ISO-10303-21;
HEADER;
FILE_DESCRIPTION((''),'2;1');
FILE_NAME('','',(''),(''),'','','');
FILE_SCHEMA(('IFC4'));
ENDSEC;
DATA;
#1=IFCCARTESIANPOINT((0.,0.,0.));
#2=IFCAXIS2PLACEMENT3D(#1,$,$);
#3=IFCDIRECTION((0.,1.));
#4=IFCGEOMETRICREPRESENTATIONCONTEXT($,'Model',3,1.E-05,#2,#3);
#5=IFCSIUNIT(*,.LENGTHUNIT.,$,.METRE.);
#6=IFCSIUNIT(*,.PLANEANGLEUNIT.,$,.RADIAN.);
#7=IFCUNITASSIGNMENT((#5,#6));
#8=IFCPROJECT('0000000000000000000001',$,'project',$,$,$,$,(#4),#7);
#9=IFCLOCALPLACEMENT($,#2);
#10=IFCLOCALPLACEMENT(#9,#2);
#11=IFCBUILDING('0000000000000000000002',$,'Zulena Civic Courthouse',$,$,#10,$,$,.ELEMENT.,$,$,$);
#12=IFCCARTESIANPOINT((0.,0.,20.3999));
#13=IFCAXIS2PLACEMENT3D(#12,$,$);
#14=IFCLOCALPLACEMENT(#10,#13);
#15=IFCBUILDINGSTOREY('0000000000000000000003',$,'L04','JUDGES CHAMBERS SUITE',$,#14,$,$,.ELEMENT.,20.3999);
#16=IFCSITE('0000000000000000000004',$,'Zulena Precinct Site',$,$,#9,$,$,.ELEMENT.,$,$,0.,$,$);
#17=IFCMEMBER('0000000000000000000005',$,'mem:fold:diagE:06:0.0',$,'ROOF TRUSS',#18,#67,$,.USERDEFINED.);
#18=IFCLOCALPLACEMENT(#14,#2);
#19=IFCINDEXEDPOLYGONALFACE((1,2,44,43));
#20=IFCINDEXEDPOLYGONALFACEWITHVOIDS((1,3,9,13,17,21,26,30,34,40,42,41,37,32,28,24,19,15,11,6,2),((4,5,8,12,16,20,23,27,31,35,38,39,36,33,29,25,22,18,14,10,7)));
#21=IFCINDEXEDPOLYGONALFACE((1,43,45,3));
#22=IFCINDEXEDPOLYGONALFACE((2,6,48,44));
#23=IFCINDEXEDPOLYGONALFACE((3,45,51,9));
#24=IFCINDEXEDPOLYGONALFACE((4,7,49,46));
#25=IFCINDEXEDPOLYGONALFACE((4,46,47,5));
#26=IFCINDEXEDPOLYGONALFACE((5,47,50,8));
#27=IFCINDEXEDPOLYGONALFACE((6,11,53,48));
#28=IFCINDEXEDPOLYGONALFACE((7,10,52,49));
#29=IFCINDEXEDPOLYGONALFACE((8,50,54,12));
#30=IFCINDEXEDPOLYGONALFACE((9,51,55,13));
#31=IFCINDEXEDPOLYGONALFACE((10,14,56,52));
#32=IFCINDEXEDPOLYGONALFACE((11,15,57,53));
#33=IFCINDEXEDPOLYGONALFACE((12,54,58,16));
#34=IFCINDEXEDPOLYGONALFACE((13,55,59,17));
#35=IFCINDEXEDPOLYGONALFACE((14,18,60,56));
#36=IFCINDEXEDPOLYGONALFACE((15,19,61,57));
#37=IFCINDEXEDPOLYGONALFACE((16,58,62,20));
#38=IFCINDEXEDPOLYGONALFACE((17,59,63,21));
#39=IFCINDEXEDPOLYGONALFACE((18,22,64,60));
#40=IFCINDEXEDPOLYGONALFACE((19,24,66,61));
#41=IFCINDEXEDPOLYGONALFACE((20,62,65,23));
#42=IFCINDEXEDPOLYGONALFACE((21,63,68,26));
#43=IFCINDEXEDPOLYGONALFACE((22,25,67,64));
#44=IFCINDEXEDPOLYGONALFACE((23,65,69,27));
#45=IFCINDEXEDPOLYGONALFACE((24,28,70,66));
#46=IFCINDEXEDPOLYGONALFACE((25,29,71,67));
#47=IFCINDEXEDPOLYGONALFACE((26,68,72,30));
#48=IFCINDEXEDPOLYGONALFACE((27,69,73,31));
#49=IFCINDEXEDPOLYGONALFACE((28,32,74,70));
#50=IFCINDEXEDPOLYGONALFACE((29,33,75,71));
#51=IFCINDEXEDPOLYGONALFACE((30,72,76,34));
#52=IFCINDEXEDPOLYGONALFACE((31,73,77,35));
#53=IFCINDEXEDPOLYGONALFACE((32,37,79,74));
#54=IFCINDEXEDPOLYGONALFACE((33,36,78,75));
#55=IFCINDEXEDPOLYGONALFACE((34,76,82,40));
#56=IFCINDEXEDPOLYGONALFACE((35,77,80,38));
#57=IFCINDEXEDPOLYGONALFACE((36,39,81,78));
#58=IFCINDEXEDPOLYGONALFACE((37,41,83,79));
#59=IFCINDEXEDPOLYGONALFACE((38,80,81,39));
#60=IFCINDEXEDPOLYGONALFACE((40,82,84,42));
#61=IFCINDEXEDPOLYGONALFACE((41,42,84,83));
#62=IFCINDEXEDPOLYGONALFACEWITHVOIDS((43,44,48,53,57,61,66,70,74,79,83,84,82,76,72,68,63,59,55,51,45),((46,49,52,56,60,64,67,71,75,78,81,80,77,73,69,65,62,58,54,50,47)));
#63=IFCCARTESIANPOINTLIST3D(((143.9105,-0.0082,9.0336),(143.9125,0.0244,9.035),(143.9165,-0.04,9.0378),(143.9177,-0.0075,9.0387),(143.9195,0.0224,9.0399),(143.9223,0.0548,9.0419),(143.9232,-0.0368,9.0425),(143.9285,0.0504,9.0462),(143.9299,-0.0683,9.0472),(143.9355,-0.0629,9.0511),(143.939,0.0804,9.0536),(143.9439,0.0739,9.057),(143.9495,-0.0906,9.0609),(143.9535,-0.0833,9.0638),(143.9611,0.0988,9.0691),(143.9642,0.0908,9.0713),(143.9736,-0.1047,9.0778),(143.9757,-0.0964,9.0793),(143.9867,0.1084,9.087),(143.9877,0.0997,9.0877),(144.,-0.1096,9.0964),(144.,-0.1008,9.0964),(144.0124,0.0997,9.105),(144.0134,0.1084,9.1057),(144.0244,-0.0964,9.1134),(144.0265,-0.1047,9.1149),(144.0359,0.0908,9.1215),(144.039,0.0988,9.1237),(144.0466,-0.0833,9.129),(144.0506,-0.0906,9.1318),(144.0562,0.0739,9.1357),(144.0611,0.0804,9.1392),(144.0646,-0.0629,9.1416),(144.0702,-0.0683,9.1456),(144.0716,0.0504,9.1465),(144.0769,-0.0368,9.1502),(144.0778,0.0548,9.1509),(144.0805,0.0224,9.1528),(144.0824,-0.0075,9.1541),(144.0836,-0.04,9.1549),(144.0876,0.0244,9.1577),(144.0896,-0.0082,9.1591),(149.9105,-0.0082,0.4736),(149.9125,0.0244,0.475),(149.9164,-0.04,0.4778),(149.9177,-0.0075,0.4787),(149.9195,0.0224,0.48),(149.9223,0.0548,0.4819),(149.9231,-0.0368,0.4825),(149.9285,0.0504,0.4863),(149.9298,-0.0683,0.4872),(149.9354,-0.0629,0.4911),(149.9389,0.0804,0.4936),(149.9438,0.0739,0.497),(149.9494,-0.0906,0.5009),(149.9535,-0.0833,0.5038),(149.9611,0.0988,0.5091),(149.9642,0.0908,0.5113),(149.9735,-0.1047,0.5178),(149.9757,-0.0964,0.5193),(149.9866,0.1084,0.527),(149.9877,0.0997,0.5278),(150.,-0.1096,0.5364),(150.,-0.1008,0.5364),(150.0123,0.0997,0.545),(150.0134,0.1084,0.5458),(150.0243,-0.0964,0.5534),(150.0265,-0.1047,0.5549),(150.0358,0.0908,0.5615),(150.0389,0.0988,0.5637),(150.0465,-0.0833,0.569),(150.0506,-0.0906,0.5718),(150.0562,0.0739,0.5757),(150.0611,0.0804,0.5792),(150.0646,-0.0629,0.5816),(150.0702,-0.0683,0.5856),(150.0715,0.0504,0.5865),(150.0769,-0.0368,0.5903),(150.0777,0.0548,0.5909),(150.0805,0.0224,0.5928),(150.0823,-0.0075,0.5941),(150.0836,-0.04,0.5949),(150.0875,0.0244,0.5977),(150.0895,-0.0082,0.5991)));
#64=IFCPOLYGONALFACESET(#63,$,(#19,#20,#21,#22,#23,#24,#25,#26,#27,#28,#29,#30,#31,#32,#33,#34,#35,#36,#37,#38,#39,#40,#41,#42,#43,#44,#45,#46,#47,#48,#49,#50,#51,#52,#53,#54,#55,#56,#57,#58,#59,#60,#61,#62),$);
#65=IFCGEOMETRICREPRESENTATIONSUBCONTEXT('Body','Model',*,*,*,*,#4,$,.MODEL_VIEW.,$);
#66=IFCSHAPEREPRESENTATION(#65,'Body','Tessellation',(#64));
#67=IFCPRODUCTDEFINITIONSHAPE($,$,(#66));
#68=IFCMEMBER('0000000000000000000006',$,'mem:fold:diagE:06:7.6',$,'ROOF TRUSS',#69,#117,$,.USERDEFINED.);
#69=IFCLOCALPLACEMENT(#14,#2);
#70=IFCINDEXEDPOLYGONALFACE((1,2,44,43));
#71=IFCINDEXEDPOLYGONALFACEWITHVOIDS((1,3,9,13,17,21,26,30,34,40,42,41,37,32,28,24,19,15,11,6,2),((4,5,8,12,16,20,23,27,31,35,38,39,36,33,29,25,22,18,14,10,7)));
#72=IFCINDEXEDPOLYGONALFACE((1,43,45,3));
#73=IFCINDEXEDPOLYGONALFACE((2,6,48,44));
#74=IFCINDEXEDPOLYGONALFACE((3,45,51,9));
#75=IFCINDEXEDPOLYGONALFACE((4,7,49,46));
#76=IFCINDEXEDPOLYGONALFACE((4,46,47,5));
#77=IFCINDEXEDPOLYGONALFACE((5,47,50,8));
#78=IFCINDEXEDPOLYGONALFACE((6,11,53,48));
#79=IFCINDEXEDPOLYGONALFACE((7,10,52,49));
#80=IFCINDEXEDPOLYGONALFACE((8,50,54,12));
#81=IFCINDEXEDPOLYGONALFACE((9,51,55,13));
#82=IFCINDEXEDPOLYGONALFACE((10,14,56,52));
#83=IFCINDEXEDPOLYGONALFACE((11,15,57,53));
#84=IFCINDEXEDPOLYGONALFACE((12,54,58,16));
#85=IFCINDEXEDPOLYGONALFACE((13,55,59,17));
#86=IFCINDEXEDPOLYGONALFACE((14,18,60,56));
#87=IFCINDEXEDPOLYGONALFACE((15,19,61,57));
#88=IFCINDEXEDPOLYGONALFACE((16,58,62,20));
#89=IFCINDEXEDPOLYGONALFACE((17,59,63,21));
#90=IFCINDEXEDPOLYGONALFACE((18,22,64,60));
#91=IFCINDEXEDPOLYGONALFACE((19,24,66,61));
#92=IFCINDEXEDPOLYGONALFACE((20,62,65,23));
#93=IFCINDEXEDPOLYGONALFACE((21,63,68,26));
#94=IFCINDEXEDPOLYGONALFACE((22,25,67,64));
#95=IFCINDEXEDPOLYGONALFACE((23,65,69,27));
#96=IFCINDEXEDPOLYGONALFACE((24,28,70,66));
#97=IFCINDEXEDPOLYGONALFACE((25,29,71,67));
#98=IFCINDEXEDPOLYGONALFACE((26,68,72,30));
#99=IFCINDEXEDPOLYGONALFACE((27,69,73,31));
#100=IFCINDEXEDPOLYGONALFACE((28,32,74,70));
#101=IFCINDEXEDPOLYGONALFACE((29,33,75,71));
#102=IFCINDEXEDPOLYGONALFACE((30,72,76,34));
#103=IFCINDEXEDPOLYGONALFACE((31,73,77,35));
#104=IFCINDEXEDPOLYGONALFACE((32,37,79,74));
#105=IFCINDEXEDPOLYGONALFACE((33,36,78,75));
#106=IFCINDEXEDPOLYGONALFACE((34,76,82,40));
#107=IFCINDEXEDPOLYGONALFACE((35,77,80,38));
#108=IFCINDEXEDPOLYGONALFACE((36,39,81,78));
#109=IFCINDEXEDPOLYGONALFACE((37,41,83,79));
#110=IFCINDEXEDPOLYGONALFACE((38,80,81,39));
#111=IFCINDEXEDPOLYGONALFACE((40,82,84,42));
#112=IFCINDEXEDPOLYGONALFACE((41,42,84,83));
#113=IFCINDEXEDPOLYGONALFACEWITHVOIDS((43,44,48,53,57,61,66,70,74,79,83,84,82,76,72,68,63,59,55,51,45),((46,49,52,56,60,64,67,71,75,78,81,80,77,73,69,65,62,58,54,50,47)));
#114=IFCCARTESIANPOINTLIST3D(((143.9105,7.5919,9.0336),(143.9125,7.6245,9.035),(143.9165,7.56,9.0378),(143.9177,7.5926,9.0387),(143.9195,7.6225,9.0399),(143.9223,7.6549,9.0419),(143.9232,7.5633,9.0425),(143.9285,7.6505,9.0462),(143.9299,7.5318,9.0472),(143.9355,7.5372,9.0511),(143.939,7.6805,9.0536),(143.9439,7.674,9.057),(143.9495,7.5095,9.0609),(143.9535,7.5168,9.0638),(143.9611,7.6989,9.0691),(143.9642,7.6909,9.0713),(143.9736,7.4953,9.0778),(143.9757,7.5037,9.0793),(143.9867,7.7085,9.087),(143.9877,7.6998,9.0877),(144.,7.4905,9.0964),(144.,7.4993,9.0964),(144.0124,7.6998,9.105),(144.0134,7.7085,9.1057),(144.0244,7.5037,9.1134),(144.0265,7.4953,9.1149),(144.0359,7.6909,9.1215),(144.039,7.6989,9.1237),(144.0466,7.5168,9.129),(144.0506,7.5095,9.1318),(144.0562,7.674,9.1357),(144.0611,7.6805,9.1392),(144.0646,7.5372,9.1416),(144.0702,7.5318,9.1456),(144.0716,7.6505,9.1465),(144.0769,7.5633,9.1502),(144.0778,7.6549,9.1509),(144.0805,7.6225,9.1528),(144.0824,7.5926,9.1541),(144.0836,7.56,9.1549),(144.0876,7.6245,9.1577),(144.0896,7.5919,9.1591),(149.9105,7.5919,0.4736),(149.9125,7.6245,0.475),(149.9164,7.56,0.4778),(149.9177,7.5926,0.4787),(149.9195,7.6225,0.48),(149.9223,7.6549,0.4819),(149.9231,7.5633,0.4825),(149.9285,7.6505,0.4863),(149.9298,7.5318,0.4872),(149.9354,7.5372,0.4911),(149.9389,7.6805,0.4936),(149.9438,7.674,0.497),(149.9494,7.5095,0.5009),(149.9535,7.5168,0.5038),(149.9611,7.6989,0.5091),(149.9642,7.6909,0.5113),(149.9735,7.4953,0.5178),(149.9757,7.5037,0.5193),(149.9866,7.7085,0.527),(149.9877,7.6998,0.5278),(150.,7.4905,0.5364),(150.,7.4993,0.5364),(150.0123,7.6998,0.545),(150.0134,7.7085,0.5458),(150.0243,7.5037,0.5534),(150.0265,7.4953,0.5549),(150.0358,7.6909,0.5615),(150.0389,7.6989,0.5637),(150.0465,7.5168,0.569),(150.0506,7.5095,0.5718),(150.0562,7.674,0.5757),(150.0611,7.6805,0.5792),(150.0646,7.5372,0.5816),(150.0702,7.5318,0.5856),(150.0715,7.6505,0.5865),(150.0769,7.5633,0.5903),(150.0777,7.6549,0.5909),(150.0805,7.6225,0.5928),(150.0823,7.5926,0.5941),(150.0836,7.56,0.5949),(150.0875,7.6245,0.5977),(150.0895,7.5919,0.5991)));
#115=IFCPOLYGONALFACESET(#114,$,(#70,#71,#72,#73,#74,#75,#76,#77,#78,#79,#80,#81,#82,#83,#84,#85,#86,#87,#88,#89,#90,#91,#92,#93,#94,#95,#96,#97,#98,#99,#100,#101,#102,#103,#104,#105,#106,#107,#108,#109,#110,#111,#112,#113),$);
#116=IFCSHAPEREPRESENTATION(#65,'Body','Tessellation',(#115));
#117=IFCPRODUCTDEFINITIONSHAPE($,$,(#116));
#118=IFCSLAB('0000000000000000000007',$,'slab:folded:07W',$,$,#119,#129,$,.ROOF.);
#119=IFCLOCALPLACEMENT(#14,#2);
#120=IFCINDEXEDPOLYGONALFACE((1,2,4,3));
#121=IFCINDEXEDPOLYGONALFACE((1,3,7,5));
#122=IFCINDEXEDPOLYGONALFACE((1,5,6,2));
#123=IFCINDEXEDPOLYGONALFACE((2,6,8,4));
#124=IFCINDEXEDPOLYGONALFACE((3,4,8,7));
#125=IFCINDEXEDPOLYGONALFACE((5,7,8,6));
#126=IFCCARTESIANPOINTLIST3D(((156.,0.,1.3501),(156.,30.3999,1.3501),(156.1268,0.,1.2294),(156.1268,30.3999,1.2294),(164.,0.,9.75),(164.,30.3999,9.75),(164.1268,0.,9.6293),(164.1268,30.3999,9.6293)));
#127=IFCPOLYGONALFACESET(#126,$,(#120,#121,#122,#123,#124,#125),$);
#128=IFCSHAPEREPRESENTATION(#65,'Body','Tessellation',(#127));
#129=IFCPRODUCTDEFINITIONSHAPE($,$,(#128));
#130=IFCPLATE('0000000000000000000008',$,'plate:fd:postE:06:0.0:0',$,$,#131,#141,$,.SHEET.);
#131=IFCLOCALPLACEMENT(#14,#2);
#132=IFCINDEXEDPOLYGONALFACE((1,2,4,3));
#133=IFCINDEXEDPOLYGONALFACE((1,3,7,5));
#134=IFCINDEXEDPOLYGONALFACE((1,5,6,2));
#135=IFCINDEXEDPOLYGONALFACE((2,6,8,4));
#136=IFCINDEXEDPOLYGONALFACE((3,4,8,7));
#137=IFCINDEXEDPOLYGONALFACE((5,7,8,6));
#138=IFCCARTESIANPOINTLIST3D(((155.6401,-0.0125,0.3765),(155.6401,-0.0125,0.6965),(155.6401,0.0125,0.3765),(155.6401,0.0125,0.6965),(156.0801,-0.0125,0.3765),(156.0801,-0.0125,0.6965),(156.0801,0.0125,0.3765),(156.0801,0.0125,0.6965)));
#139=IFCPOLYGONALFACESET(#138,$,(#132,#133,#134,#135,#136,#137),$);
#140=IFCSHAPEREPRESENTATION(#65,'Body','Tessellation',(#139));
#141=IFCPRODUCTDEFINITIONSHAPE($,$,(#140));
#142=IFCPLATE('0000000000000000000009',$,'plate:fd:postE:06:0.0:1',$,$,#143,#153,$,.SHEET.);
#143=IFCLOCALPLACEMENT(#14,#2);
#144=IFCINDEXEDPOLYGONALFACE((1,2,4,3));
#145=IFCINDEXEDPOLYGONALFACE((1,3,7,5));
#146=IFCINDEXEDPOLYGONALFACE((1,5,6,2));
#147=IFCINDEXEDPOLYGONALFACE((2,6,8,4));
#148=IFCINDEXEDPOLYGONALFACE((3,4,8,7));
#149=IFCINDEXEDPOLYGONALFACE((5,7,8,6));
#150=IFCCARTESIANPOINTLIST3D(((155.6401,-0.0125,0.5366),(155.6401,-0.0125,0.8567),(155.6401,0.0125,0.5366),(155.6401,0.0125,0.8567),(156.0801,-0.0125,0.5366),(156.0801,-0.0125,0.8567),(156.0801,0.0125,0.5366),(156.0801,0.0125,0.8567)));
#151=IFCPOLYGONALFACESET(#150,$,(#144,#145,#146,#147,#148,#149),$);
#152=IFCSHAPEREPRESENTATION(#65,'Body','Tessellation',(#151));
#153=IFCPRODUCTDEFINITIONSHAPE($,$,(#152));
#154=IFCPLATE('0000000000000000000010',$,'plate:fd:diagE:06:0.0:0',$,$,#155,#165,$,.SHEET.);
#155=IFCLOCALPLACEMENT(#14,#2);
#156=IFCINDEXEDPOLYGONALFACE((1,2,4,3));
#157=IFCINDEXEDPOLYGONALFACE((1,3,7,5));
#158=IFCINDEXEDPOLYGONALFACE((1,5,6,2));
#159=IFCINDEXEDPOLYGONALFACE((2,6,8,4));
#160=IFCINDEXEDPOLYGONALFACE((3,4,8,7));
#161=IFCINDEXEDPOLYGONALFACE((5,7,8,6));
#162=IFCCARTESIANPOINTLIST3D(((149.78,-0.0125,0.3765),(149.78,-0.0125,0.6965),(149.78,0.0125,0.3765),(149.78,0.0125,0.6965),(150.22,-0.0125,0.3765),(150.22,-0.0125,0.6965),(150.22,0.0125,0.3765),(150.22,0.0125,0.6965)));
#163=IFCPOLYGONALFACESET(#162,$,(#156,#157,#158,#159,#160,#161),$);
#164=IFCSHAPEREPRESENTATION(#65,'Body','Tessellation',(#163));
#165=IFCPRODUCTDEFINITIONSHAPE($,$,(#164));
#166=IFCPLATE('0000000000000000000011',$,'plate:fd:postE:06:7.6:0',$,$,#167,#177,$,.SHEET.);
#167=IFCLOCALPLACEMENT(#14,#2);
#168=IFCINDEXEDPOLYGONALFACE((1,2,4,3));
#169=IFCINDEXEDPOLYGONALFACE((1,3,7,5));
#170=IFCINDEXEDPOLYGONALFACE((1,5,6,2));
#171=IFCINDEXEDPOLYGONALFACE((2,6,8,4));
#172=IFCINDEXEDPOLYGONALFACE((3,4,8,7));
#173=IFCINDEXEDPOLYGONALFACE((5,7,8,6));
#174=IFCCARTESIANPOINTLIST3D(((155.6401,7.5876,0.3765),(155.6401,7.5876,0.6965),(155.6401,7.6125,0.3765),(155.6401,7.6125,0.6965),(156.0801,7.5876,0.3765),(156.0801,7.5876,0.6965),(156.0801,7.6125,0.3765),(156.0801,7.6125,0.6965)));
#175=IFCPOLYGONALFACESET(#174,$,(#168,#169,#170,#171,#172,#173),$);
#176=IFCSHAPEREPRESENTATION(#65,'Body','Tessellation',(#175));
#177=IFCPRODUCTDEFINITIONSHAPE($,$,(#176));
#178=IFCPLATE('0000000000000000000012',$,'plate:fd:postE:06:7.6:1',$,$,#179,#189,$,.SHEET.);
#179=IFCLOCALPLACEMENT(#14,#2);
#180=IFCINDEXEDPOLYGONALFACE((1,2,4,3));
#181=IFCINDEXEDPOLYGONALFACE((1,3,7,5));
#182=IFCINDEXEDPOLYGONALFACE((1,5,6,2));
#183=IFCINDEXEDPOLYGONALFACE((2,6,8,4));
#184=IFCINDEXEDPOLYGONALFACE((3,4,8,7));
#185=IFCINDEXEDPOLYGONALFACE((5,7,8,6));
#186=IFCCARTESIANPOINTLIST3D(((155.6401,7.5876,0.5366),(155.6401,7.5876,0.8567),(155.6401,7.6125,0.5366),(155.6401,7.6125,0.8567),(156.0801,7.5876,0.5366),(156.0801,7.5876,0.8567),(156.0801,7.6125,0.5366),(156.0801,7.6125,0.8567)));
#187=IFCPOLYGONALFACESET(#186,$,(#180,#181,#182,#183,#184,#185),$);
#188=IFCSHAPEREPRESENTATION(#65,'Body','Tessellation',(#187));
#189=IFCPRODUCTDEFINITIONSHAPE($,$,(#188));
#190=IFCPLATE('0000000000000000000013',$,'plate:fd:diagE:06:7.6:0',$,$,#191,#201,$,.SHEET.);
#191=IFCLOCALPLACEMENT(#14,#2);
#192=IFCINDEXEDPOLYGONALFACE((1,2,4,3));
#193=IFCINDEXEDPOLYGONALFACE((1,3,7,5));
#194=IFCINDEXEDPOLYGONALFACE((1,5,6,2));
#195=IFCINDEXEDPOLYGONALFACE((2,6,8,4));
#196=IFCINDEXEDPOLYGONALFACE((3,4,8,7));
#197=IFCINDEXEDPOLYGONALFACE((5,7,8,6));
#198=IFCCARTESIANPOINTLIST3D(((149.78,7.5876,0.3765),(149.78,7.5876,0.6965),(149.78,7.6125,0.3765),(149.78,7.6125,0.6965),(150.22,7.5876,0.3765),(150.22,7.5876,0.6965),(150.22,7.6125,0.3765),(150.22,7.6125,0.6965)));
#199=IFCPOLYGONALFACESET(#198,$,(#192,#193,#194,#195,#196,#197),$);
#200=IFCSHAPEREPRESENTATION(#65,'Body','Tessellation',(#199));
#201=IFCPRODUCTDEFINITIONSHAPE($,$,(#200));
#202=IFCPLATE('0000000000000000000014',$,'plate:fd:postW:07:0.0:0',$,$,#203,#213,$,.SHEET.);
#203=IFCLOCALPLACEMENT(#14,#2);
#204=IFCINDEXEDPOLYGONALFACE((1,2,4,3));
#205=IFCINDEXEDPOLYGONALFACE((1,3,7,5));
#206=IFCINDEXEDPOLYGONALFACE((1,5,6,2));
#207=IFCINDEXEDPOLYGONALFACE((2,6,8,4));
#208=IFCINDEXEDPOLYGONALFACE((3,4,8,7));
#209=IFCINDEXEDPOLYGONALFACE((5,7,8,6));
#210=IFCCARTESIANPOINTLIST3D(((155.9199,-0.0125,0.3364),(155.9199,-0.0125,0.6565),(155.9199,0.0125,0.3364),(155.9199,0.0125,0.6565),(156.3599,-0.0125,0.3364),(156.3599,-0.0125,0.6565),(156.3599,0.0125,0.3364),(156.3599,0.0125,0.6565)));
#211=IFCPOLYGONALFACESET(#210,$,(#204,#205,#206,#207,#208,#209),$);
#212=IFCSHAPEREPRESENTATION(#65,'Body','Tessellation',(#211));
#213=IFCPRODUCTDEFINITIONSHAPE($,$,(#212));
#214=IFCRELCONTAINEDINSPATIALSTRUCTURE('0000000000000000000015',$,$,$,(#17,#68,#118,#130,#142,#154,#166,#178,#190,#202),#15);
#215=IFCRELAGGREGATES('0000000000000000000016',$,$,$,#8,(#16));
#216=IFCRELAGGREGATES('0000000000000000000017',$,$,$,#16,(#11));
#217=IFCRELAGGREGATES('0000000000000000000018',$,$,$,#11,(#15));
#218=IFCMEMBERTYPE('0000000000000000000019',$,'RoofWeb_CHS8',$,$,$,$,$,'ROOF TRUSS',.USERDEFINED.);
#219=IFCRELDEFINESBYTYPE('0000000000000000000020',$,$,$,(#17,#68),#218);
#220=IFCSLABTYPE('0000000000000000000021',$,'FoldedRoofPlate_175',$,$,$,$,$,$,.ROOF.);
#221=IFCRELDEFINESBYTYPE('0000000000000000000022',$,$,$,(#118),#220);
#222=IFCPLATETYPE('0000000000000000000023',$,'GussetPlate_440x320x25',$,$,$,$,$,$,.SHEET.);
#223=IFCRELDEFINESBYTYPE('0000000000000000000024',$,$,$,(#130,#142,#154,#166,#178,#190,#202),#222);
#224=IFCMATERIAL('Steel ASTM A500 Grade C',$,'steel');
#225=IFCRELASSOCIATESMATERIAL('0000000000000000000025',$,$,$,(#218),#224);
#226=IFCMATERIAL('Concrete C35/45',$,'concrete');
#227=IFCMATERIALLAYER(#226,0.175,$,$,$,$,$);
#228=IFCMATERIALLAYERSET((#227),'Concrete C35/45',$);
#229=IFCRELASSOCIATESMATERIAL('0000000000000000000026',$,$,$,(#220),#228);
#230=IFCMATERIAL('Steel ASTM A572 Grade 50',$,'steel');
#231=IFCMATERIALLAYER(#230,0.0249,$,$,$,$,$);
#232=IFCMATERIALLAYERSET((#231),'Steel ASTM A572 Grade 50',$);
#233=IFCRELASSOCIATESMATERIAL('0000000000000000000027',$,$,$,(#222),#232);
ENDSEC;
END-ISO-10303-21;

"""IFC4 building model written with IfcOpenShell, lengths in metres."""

from ifc_helpers import new_model, si_unit, direction, frame, origin, origin_2d, place, context, subcontext, project, spatial, polyline, rectangle, hollow_circle, outline, extrude, material, layer, layer_set, material_profile, profile_set, type_object, element, save


model = new_model("IFC4")

# Units and contexts
model_context = context("Model", 3, precision=1e-05, world=origin(), true_north=direction((0.0, 1.0)))
body_context = subcontext(model_context, "Body", "Model", "MODEL_VIEW")
ifc_project = project(units=[si_unit("LENGTHUNIT", "METRE"), si_unit("PLANEANGLEUNIT", "RADIAN")], contexts=[model_context])

# Site, building, storey
site_placement = place(None, origin())
site = spatial("IfcSite", under=ifc_project, at=site_placement, Name="Zulena Precinct Site", CompositionType="ELEMENT", RefElevation=0.0)
building_placement = place(site_placement, origin())
building = spatial("IfcBuilding", under=site, at=building_placement, Name="Zulena Civic Courthouse", CompositionType="ELEMENT")
storey_placement = place(building_placement, frame((0.0, 0.0, 20.3999)))
storey = spatial("IfcBuildingStorey", under=building, at=storey_placement, Name="L04", Description="JUDGES CHAMBERS SUITE", CompositionType="ELEMENT", Elevation=20.3999)

# Members
ifc_material_1 = material(Name="Steel ASTM A500 Grade C", Category="steel")
ifc_material_profile_1 = material_profile(ifc_material_1, hollow_circle(Radius=0.1096, WallThickness=0.0088, at=origin_2d()), Name="HSS8.625X0.375")
ifc_profile_set_1 = profile_set([ifc_material_profile_1], Name="Steel ASTM A500 Grade C")
member_type_1 = type_object("IfcMemberType", Name="RoofWeb_CHS8", ElementType="ROOF TRUSS", PredefinedType="USERDEFINED", material=ifc_profile_set_1)
for number, where, z_axis, x_axis, name in (
    (1, (150.0, 0.0, 0.5364), (-0.573973, 0.0, 0.818874), (0.0, -1.0, 0.0), "mem:fold:diagE:06:0.0"),
    (2, (150.0, 7.6001, 0.5364), (-0.573973, 0.0, 0.818874), (0.0, -1.0, 0.0), "mem:fold:diagE:06:7.6"),
):
    element("IfcMember", number, at=place(storey_placement, frame(where, z_axis=z_axis, x_axis=x_axis)), inside=storey, type_object=member_type_1, Name=name, ObjectType="ROOF TRUSS", PredefinedType="USERDEFINED", context=body_context, shape_type="SweptSolid", body=[
        extrude(hollow_circle(Radius=0.1096, WallThickness=0.0088, at=origin_2d()), origin(), (0.0, 0.0, 1.0), 10.4534),
    ])

# Slab
ifc_material_2 = material(Name="Concrete C35/45", Category="concrete")
ifc_layer_1 = layer(ifc_material_2, 0.175)
ifc_layer_set_1 = layer_set([ifc_layer_1], Name="Concrete C35/45")
slab_type = type_object("IfcSlabType", Name="FoldedRoofPlate_175", PredefinedType="ROOF", material=ifc_layer_set_1)
slab_placement = place(storey_placement, frame((156.0, 0.0, 1.3501), z_axis=(-0.724134, 0.0, 0.689659), x_axis=(0.689659, 0.0, 0.724134)))
element("IfcSlab", 3, at=slab_placement, inside=storey, type_object=slab_type, Name="slab:folded:07W", PredefinedType="ROOF", context=body_context, shape_type="SweptSolid", body=[
    extrude(outline(polyline([(0.0, 0.0), (11.5999, 0.0), (11.5999, 30.3999), (0.0, 30.3999), (0.0, 0.0)])), origin(), (0.0, 0.0, -1.0), 0.175),
])

# Plates
ifc_material_3 = material(Name="Steel ASTM A572 Grade 50", Category="steel")
ifc_layer_2 = layer(ifc_material_3, 0.0249)
ifc_layer_set_2 = layer_set([ifc_layer_2], Name="Steel ASTM A572 Grade 50")
plate_type = type_object("IfcPlateType", Name="GussetPlate_440x320x25", PredefinedType="SHEET", material=ifc_layer_set_2)
for number, where, z_axis, x_axis, name in (
    (4, (155.8601, 0.0, 0.3765), (0.0, 0.0, 1.0), (1.0, 0.0, 0.0), "plate:fd:postE:06:0.0:0"),
    (5, (155.8601, 0.0, 0.5366), (0.0, 0.0, 1.0), (1.0, 0.0, 0.0), "plate:fd:postE:06:0.0:1"),
    (6, (150.0, 0.0, 0.3765), (0.0, 0.0, 1.0), (1.0, 0.0, 0.0), "plate:fd:diagE:06:0.0:0"),
    (7, (155.8601, 7.6001, 0.3765), (0.0, 0.0, 1.0), (1.0, 0.0, 0.0), "plate:fd:postE:06:7.6:0"),
    (8, (155.8601, 7.6001, 0.5366), (0.0, 0.0, 1.0), (1.0, 0.0, 0.0), "plate:fd:postE:06:7.6:1"),
    (9, (150.0, 7.6001, 0.3765), (0.0, 0.0, 1.0), (1.0, 0.0, 0.0), "plate:fd:diagE:06:7.6:0"),
    (10, (156.1399, 0.0, 0.3364), (0.0, 0.0, 1.0), (1.0, 0.0, 0.0), "plate:fd:postW:07:0.0:0"),
):
    element("IfcPlate", number, at=place(storey_placement, frame(where, z_axis=z_axis, x_axis=x_axis)), inside=storey, type_object=plate_type, Name=name, PredefinedType="SHEET", context=body_context, shape_type="SweptSolid", body=[
        extrude(rectangle(XDim=0.4399, YDim=0.0249, at=origin_2d()), origin(), (0.0, 0.0, 1.0), 0.3201),
    ])

save(model, "model.ifc")
